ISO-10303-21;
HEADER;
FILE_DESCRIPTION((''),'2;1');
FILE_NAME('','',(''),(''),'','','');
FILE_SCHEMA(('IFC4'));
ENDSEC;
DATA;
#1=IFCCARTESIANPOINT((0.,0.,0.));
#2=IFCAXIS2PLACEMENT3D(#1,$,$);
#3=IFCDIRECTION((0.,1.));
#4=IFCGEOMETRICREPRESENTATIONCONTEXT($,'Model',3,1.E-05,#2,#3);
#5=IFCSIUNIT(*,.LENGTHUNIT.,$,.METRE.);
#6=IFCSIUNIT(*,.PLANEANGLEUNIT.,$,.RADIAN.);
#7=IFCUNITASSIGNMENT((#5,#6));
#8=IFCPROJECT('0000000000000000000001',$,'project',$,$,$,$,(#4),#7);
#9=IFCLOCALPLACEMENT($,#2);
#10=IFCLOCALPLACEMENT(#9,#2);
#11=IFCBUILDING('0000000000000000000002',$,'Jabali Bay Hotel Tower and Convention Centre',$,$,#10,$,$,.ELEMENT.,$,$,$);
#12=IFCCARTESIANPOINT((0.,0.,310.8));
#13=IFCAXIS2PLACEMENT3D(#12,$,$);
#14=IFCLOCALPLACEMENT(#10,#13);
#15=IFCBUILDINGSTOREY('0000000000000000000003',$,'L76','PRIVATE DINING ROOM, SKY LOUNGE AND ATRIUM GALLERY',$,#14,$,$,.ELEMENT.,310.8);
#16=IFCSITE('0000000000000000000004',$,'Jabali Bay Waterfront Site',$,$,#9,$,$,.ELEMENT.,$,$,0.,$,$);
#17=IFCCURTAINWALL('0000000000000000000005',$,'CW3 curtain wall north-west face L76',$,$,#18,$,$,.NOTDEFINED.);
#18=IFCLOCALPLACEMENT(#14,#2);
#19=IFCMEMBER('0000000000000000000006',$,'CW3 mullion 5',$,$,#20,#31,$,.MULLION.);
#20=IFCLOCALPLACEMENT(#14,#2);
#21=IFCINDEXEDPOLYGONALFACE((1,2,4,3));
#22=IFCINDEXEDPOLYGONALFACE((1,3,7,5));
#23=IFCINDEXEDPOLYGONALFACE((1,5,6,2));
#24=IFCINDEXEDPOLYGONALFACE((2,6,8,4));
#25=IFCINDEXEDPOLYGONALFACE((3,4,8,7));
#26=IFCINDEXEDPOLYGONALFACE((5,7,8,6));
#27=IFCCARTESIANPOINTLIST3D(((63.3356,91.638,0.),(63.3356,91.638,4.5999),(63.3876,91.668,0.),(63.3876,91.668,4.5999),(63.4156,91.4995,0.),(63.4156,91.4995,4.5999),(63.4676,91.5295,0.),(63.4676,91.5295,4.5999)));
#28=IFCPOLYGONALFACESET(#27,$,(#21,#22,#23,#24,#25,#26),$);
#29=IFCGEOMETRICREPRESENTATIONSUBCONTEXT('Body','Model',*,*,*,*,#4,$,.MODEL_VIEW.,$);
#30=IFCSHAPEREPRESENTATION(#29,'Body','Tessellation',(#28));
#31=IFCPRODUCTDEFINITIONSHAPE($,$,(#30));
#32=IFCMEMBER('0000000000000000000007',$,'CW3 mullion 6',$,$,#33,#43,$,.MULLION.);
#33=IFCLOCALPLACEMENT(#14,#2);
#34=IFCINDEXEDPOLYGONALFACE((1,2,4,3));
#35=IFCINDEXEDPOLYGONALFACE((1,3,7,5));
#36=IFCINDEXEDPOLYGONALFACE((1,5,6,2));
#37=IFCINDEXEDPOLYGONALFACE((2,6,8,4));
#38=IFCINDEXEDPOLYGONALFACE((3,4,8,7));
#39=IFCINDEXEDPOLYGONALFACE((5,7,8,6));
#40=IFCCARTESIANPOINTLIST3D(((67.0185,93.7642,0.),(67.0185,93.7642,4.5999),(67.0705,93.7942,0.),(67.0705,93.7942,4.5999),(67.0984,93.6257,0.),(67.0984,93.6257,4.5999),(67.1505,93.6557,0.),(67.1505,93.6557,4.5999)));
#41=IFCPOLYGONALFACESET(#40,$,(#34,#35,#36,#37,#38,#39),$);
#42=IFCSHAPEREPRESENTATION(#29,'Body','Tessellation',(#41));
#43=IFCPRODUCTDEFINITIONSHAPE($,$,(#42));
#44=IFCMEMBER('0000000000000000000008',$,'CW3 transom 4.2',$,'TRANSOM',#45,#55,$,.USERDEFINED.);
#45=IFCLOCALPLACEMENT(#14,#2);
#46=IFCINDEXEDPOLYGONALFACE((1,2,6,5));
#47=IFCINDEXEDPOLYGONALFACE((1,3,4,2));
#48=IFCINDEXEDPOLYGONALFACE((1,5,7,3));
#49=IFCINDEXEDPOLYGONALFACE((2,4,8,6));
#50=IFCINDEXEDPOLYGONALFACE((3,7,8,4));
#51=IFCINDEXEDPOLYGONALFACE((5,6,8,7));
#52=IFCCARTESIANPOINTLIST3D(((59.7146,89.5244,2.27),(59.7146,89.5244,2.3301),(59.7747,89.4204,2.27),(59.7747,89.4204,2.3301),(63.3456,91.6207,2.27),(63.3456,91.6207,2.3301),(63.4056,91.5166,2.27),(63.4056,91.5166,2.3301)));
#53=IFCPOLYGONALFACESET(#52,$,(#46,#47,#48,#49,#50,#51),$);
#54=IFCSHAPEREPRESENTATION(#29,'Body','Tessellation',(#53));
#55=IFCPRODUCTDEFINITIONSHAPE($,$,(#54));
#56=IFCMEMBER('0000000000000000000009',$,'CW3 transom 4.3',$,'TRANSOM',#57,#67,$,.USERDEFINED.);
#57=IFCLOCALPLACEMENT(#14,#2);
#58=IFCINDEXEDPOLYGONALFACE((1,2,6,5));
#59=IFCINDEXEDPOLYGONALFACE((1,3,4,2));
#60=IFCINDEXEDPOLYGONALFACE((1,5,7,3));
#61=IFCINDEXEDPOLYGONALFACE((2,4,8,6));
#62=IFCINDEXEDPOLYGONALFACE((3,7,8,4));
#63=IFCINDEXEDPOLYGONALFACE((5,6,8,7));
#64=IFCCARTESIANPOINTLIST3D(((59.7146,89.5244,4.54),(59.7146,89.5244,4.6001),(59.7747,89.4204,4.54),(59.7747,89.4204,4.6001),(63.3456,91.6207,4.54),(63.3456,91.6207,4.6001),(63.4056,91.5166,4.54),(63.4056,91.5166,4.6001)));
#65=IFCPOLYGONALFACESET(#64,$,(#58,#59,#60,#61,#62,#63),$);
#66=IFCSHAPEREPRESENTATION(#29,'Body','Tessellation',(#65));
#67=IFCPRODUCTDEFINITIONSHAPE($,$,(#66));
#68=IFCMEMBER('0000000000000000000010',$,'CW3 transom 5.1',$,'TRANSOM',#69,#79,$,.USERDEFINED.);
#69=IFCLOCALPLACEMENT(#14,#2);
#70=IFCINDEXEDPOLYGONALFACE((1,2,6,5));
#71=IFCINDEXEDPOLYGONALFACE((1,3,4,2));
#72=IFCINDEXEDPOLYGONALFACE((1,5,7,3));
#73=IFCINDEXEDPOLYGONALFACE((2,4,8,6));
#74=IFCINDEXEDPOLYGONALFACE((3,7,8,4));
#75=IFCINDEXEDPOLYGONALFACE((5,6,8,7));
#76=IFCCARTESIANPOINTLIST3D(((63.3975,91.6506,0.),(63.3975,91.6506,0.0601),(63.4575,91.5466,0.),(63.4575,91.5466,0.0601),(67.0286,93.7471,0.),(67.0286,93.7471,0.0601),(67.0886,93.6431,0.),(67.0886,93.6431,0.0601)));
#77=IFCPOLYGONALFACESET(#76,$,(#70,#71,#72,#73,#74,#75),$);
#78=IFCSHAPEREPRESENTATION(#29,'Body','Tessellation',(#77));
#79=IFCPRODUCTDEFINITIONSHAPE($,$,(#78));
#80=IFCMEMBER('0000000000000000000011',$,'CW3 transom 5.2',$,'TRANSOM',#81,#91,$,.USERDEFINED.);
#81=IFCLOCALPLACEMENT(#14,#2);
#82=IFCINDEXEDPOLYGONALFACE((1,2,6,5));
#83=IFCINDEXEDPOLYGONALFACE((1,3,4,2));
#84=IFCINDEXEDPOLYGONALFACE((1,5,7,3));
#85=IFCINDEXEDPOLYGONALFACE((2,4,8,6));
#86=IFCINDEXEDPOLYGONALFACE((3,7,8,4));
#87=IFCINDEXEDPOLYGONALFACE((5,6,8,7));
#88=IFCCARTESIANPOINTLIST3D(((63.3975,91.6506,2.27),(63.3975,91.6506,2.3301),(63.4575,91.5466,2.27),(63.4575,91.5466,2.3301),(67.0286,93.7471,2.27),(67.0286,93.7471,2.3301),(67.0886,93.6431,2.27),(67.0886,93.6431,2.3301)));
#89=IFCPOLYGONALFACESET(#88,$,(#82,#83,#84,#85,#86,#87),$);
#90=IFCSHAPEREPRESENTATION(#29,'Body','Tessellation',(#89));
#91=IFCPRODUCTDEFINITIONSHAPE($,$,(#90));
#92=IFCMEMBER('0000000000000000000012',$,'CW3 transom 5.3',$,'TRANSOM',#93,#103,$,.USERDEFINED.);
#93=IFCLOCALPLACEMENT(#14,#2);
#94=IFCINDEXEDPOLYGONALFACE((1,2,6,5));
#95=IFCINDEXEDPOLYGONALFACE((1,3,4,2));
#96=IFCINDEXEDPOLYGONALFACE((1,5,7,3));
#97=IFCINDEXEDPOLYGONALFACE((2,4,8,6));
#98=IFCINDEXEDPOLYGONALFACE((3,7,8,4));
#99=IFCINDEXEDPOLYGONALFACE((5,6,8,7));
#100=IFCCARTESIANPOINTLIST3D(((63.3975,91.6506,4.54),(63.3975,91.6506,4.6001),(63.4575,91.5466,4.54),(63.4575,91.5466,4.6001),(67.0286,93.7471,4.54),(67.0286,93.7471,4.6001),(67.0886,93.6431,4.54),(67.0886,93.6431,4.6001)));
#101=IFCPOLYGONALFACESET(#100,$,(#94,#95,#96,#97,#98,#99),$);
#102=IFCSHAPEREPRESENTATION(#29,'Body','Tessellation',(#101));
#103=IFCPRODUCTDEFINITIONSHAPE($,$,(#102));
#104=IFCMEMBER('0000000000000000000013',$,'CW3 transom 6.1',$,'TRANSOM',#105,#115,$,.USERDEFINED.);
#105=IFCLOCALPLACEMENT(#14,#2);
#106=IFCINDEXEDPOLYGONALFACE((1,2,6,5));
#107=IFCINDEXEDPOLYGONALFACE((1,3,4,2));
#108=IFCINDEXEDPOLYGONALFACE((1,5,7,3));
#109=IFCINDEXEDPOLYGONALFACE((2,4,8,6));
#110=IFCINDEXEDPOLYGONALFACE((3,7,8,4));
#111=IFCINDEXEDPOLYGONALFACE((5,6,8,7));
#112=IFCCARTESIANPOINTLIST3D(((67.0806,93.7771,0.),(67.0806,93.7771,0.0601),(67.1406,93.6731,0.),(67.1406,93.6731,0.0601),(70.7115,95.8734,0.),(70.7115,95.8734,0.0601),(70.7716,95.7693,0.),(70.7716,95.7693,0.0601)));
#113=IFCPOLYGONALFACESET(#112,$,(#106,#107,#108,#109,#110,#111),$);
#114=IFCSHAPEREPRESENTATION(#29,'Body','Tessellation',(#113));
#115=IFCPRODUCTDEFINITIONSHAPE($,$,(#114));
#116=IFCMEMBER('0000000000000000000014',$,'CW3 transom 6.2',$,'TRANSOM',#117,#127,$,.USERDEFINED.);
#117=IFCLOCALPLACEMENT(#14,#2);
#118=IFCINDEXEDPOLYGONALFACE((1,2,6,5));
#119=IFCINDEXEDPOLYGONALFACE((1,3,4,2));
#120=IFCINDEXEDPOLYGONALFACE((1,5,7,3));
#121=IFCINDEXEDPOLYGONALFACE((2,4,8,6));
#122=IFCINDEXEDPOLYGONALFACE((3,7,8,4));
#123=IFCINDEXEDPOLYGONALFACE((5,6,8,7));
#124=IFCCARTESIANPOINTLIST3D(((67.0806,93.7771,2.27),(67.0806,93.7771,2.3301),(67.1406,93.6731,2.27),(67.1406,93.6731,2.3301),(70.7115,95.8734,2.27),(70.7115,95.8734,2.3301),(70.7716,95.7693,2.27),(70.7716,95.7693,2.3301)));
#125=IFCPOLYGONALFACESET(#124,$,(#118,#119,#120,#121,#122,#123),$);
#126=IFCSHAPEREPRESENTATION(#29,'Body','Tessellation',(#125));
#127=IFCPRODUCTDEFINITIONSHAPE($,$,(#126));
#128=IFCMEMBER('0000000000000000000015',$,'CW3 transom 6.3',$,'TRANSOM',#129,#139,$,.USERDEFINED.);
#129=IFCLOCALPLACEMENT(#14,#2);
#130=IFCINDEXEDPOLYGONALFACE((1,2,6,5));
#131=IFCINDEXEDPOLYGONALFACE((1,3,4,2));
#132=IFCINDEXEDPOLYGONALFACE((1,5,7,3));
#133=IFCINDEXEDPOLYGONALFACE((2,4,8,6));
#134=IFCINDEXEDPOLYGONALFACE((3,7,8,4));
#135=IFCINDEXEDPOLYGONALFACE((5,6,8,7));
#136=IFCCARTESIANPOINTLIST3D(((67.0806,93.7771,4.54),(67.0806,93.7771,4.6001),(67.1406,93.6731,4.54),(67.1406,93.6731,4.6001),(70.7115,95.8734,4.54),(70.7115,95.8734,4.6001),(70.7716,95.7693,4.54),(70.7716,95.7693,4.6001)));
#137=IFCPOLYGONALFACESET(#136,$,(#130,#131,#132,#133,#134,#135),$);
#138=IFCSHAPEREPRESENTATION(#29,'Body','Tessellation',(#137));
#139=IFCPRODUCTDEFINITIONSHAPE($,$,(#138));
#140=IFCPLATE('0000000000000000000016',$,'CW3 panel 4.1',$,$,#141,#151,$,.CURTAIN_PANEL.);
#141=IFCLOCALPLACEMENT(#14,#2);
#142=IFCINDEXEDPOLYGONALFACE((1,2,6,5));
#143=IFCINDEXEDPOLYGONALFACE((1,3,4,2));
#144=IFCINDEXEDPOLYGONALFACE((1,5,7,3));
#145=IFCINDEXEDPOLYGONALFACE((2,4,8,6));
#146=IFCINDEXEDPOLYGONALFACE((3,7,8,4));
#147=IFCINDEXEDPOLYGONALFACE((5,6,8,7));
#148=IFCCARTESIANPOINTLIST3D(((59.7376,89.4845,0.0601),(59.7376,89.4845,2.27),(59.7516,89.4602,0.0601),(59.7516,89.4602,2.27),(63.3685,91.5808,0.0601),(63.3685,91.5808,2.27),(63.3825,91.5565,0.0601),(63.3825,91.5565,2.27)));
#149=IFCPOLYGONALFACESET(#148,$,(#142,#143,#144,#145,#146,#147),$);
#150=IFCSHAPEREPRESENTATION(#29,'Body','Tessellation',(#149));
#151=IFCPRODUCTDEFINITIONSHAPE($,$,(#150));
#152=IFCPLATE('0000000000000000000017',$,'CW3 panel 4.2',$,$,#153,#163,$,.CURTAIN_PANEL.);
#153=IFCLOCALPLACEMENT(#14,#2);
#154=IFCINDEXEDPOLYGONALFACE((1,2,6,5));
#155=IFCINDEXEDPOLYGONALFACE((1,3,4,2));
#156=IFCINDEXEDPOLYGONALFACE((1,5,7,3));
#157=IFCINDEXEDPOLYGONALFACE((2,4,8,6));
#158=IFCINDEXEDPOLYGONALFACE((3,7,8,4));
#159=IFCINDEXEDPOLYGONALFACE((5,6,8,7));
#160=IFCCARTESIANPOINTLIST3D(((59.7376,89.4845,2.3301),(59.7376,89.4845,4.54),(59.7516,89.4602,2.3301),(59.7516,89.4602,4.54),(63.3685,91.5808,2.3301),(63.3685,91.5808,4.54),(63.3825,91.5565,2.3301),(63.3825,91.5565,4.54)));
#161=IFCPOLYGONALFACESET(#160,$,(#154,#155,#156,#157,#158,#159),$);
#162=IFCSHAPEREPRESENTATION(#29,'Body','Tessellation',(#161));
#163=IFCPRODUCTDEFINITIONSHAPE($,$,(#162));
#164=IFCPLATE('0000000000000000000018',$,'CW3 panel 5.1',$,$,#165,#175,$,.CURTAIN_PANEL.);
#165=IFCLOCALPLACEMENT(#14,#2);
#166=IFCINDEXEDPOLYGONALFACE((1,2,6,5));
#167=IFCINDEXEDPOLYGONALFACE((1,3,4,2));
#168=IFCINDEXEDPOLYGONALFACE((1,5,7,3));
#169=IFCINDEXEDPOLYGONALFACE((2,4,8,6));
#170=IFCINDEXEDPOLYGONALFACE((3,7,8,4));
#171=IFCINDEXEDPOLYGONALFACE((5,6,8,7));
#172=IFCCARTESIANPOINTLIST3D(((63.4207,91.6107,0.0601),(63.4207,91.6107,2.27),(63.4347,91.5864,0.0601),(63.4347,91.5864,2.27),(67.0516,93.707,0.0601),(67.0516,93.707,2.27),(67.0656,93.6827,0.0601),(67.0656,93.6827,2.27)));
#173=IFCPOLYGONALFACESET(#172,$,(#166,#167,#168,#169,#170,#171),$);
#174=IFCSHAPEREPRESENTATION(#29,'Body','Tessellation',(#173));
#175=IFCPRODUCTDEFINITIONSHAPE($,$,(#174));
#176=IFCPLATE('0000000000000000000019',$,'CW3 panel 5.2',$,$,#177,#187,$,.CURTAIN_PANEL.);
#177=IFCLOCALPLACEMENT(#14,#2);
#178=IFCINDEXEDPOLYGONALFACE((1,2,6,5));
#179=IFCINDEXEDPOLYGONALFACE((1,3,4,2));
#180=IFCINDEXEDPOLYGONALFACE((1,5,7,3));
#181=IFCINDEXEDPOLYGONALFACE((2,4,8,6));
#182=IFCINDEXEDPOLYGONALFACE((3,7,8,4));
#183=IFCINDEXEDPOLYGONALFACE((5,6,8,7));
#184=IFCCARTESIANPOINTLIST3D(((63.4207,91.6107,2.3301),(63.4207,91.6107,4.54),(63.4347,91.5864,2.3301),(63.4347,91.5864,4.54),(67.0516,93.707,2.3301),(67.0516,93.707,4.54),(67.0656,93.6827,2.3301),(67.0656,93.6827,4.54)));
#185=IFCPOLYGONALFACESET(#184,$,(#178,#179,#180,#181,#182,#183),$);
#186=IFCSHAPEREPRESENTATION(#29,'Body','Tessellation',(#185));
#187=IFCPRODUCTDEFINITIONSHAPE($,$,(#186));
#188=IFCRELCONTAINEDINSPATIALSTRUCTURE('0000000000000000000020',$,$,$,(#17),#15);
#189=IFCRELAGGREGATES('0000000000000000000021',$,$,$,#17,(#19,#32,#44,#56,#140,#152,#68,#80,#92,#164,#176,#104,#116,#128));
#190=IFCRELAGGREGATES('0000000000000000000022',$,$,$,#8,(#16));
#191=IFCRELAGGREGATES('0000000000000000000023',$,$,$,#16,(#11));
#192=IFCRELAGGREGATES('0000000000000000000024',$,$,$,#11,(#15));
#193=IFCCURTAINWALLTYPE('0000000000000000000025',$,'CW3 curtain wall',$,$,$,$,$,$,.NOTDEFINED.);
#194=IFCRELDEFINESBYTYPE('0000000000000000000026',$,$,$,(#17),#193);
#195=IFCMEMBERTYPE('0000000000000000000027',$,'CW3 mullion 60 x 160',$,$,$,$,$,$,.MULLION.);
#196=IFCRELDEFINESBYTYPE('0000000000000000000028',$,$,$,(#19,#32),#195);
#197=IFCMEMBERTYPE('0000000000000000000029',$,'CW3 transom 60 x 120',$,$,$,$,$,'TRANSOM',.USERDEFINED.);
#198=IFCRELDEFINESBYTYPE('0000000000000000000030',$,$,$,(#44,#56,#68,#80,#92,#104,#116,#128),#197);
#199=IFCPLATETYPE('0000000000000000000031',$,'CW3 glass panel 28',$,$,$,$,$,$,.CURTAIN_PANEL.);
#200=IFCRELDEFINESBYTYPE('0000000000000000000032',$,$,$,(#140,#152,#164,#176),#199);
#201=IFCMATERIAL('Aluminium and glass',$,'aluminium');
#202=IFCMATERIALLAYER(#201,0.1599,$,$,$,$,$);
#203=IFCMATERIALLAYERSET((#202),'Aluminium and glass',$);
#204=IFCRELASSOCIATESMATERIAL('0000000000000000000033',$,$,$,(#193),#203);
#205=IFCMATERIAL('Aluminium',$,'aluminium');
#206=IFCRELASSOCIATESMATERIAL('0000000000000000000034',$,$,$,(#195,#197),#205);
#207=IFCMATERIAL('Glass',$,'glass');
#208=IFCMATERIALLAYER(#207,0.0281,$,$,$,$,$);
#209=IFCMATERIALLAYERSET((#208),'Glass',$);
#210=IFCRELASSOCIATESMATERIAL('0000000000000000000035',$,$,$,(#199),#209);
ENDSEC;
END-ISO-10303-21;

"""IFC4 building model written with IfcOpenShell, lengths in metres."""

from ifc_helpers import new_model, si_unit, direction, frame, origin, origin_2d, place, context, subcontext, project, spatial, rectangle, extrude, material, layer, layer_set, material_profile, profile_set, type_object, element, aggregate, save


model = new_model("IFC4")

# Units and contexts
model_context = context("Model", 3, precision=1e-05, world=origin(), true_north=direction((0.0, 1.0)))
body_context = subcontext(model_context, "Body", "Model", "MODEL_VIEW")
ifc_project = project(units=[si_unit("LENGTHUNIT", "METRE"), si_unit("PLANEANGLEUNIT", "RADIAN")], contexts=[model_context])

# Site, building, storey
site_placement = place(None, origin())
site = spatial("IfcSite", under=ifc_project, at=site_placement, Name="Jabali Bay Waterfront Site", CompositionType="ELEMENT", RefElevation=0.0)
building_placement = place(site_placement, origin())
building = spatial("IfcBuilding", under=site, at=building_placement, Name="Jabali Bay Hotel Tower and Convention Centre", CompositionType="ELEMENT")
storey_placement = place(building_placement, frame((0.0, 0.0, 310.8)))
storey = spatial("IfcBuildingStorey", under=building, at=storey_placement, Name="L76", Description="PRIVATE DINING ROOM, SKY LOUNGE AND ATRIUM GALLERY", CompositionType="ELEMENT", Elevation=310.8)

# Curtain wall, members, plates
ifc_material_1 = material(Name="Aluminium and glass", Category="aluminium")
ifc_layer_1 = layer(ifc_material_1, 0.1599)
ifc_layer_set_1 = layer_set([ifc_layer_1], Name="Aluminium and glass")
curtain_wall_type = type_object("IfcCurtainWallType", Name="CW3 curtain wall", PredefinedType="NOTDEFINED", material=ifc_layer_set_1)
curtain_wall_placement = place(storey_placement, origin())
curtain_wall = element("IfcCurtainWall", 1, at=curtain_wall_placement, inside=storey, type_object=curtain_wall_type, Name="CW3 curtain wall north-west face L76", PredefinedType="NOTDEFINED")
ifc_material_2 = material(Name="Aluminium", Category="aluminium")
ifc_material_profile_1 = material_profile(ifc_material_2, rectangle(XDim=0.1599, YDim=0.0601, at=origin_2d()), Name="CW3 mullion 60 x 160")
ifc_profile_set_1 = profile_set([ifc_material_profile_1], Name="Aluminium")
member_type_1 = type_object("IfcMemberType", Name="CW3 mullion 60 x 160", PredefinedType="MULLION", material=ifc_profile_set_1)
member_1_placement = place(storey_placement, frame((63.4016, 91.5837, 0.0), z_axis=(0.0, 0.0, 1.0), x_axis=(-0.5, 0.866025, 0.0)))
member_1 = element("IfcMember", 2, at=member_1_placement, type_object=member_type_1, Name="CW3 mullion 5", PredefinedType="MULLION", context=body_context, shape_type="SweptSolid", body=[
    extrude(rectangle(XDim=0.1599, YDim=0.0601, at=origin_2d()), origin(), (0.0, 0.0, 1.0), 4.5999),
])
member_2_placement = place(storey_placement, frame((67.0845, 93.71, 0.0), z_axis=(0.0, 0.0, 1.0), x_axis=(-0.5, 0.866025, 0.0)))
member_2 = element("IfcMember", 3, at=member_2_placement, type_object=member_type_1, Name="CW3 mullion 6", PredefinedType="MULLION", context=body_context, shape_type="SweptSolid", body=[
    extrude(rectangle(XDim=0.1599, YDim=0.0601, at=origin_2d()), origin(), (0.0, 0.0, 1.0), 4.5999),
])
ifc_material_profile_2 = material_profile(ifc_material_2, rectangle(XDim=0.1201, YDim=0.0601, at=origin_2d()), Name="CW3 transom 60 x 120")
ifc_profile_set_2 = profile_set([ifc_material_profile_2], Name="Aluminium")
member_type_2 = type_object("IfcMemberType", Name="CW3 transom 60 x 120", ElementType="TRANSOM", PredefinedType="USERDEFINED", material=ifc_profile_set_2)
member_3_placement = place(storey_placement, frame((59.7446, 89.4724, 2.3), z_axis=(0.866034, 0.499985, 0.0), x_axis=(-0.499985, 0.866034, 0.0)))
member_3 = element("IfcMember", 4, at=member_3_placement, type_object=member_type_2, Name="CW3 transom 4.2", ObjectType="TRANSOM", PredefinedType="USERDEFINED", context=body_context, shape_type="SweptSolid", body=[
    extrude(rectangle(XDim=0.1201, YDim=0.0601, at=origin_2d()), origin(), (0.0, 0.0, 1.0), 4.1926),
])
member_4_placement = place(storey_placement, frame((59.7446, 89.4724, 4.5701), z_axis=(0.866034, 0.499985, 0.0), x_axis=(-0.499985, 0.866034, 0.0)))
member_4 = element("IfcMember", 5, at=member_4_placement, type_object=member_type_2, Name="CW3 transom 4.3", ObjectType="TRANSOM", PredefinedType="USERDEFINED", context=body_context, shape_type="SweptSolid", body=[
    extrude(rectangle(XDim=0.1201, YDim=0.0601, at=origin_2d()), origin(), (0.0, 0.0, 1.0), 4.1926),
])
member_5_placement = place(storey_placement, frame((63.4275, 91.5986, 0.03), z_axis=(0.866024, 0.500003, 0.0), x_axis=(-0.500003, 0.866024, 0.0)))
member_5 = element("IfcMember", 6, at=member_5_placement, type_object=member_type_2, Name="CW3 transom 5.1", ObjectType="TRANSOM", PredefinedType="USERDEFINED", context=body_context, shape_type="SweptSolid", body=[
    extrude(rectangle(XDim=0.1201, YDim=0.0601, at=origin_2d()), origin(), (0.0, 0.0, 1.0), 4.1929),
])
member_6_placement = place(storey_placement, frame((63.4275, 91.5986, 2.3), z_axis=(0.866024, 0.500003, 0.0), x_axis=(-0.500003, 0.866024, 0.0)))
member_6 = element("IfcMember", 7, at=member_6_placement, type_object=member_type_2, Name="CW3 transom 5.2", ObjectType="TRANSOM", PredefinedType="USERDEFINED", context=body_context, shape_type="SweptSolid", body=[
    extrude(rectangle(XDim=0.1201, YDim=0.0601, at=origin_2d()), origin(), (0.0, 0.0, 1.0), 4.1929),
])
member_7_placement = place(storey_placement, frame((63.4275, 91.5986, 4.5701), z_axis=(0.866024, 0.500003, 0.0), x_axis=(-0.500003, 0.866024, 0.0)))
member_7 = element("IfcMember", 8, at=member_7_placement, type_object=member_type_2, Name="CW3 transom 5.3", ObjectType="TRANSOM", PredefinedType="USERDEFINED", context=body_context, shape_type="SweptSolid", body=[
    extrude(rectangle(XDim=0.1201, YDim=0.0601, at=origin_2d()), origin(), (0.0, 0.0, 1.0), 4.1929),
])
member_8_placement = place(storey_placement, frame((67.1106, 93.7251, 0.03), z_axis=(0.866034, 0.499985, 0.0), x_axis=(-0.499985, 0.866034, 0.0)))
member_8 = element("IfcMember", 9, at=member_8_placement, type_object=member_type_2, Name="CW3 transom 6.1", ObjectType="TRANSOM", PredefinedType="USERDEFINED", context=body_context, shape_type="SweptSolid", body=[
    extrude(rectangle(XDim=0.1201, YDim=0.0601, at=origin_2d()), origin(), (0.0, 0.0, 1.0), 4.1926),
])
member_9_placement = place(storey_placement, frame((67.1106, 93.7251, 2.3), z_axis=(0.866034, 0.499985, 0.0), x_axis=(-0.499985, 0.866034, 0.0)))
member_9 = element("IfcMember", 10, at=member_9_placement, type_object=member_type_2, Name="CW3 transom 6.2", ObjectType="TRANSOM", PredefinedType="USERDEFINED", context=body_context, shape_type="SweptSolid", body=[
    extrude(rectangle(XDim=0.1201, YDim=0.0601, at=origin_2d()), origin(), (0.0, 0.0, 1.0), 4.1926),
])
member_10_placement = place(storey_placement, frame((67.1106, 93.7251, 4.5701), z_axis=(0.866034, 0.499985, 0.0), x_axis=(-0.499985, 0.866034, 0.0)))
member_10 = element("IfcMember", 11, at=member_10_placement, type_object=member_type_2, Name="CW3 transom 6.3", ObjectType="TRANSOM", PredefinedType="USERDEFINED", context=body_context, shape_type="SweptSolid", body=[
    extrude(rectangle(XDim=0.1201, YDim=0.0601, at=origin_2d()), origin(), (0.0, 0.0, 1.0), 4.1926),
])
ifc_material_3 = material(Name="Glass", Category="glass")
ifc_layer_2 = layer(ifc_material_3, 0.0281)
ifc_layer_set_2 = layer_set([ifc_layer_2], Name="Glass")
plate_type = type_object("IfcPlateType", Name="CW3 glass panel 28", PredefinedType="CURTAIN_PANEL", material=ifc_layer_set_2)
plate_1_placement = place(storey_placement, frame((61.5601, 90.5205, 0.0601), z_axis=(0.0, 0.0, 1.0), x_axis=(0.866025, 0.5, 0.0)))
plate_1 = element("IfcPlate", 12, at=plate_1_placement, type_object=plate_type, Name="CW3 panel 4.1", PredefinedType="CURTAIN_PANEL", context=body_context, shape_type="SweptSolid", body=[
    extrude(rectangle(XDim=4.1926, YDim=0.0281, at=origin_2d()), origin(), (0.0, 0.0, 1.0), 2.21),
])
plate_2_placement = place(storey_placement, frame((61.5601, 90.5205, 2.3301), z_axis=(0.0, 0.0, 1.0), x_axis=(0.866025, 0.5, 0.0)))
plate_2 = element("IfcPlate", 13, at=plate_2_placement, type_object=plate_type, Name="CW3 panel 4.2", PredefinedType="CURTAIN_PANEL", context=body_context, shape_type="SweptSolid", body=[
    extrude(rectangle(XDim=4.1926, YDim=0.0281, at=origin_2d()), origin(), (0.0, 0.0, 1.0), 2.21),
])
plate_3_placement = place(storey_placement, frame((65.2432, 92.6467, 0.0601), z_axis=(0.0, 0.0, 1.0), x_axis=(0.866025, 0.5, 0.0)))
plate_3 = element("IfcPlate", 14, at=plate_3_placement, type_object=plate_type, Name="CW3 panel 5.1", PredefinedType="CURTAIN_PANEL", context=body_context, shape_type="SweptSolid", body=[
    extrude(rectangle(XDim=4.1926, YDim=0.0281, at=origin_2d()), origin(), (0.0, 0.0, 1.0), 2.21),
])
plate_4_placement = place(storey_placement, frame((65.2432, 92.6467, 2.3301), z_axis=(0.0, 0.0, 1.0), x_axis=(0.866025, 0.5, 0.0)))
plate_4 = element("IfcPlate", 15, at=plate_4_placement, type_object=plate_type, Name="CW3 panel 5.2", PredefinedType="CURTAIN_PANEL", context=body_context, shape_type="SweptSolid", body=[
    extrude(rectangle(XDim=4.1926, YDim=0.0281, at=origin_2d()), origin(), (0.0, 0.0, 1.0), 2.21),
])
aggregate(curtain_wall, [member_1, member_2, member_3, member_4, plate_1, plate_2, member_5, member_6, member_7, plate_3, plate_4, member_8, member_9, member_10])

save(model, "model.ifc")
